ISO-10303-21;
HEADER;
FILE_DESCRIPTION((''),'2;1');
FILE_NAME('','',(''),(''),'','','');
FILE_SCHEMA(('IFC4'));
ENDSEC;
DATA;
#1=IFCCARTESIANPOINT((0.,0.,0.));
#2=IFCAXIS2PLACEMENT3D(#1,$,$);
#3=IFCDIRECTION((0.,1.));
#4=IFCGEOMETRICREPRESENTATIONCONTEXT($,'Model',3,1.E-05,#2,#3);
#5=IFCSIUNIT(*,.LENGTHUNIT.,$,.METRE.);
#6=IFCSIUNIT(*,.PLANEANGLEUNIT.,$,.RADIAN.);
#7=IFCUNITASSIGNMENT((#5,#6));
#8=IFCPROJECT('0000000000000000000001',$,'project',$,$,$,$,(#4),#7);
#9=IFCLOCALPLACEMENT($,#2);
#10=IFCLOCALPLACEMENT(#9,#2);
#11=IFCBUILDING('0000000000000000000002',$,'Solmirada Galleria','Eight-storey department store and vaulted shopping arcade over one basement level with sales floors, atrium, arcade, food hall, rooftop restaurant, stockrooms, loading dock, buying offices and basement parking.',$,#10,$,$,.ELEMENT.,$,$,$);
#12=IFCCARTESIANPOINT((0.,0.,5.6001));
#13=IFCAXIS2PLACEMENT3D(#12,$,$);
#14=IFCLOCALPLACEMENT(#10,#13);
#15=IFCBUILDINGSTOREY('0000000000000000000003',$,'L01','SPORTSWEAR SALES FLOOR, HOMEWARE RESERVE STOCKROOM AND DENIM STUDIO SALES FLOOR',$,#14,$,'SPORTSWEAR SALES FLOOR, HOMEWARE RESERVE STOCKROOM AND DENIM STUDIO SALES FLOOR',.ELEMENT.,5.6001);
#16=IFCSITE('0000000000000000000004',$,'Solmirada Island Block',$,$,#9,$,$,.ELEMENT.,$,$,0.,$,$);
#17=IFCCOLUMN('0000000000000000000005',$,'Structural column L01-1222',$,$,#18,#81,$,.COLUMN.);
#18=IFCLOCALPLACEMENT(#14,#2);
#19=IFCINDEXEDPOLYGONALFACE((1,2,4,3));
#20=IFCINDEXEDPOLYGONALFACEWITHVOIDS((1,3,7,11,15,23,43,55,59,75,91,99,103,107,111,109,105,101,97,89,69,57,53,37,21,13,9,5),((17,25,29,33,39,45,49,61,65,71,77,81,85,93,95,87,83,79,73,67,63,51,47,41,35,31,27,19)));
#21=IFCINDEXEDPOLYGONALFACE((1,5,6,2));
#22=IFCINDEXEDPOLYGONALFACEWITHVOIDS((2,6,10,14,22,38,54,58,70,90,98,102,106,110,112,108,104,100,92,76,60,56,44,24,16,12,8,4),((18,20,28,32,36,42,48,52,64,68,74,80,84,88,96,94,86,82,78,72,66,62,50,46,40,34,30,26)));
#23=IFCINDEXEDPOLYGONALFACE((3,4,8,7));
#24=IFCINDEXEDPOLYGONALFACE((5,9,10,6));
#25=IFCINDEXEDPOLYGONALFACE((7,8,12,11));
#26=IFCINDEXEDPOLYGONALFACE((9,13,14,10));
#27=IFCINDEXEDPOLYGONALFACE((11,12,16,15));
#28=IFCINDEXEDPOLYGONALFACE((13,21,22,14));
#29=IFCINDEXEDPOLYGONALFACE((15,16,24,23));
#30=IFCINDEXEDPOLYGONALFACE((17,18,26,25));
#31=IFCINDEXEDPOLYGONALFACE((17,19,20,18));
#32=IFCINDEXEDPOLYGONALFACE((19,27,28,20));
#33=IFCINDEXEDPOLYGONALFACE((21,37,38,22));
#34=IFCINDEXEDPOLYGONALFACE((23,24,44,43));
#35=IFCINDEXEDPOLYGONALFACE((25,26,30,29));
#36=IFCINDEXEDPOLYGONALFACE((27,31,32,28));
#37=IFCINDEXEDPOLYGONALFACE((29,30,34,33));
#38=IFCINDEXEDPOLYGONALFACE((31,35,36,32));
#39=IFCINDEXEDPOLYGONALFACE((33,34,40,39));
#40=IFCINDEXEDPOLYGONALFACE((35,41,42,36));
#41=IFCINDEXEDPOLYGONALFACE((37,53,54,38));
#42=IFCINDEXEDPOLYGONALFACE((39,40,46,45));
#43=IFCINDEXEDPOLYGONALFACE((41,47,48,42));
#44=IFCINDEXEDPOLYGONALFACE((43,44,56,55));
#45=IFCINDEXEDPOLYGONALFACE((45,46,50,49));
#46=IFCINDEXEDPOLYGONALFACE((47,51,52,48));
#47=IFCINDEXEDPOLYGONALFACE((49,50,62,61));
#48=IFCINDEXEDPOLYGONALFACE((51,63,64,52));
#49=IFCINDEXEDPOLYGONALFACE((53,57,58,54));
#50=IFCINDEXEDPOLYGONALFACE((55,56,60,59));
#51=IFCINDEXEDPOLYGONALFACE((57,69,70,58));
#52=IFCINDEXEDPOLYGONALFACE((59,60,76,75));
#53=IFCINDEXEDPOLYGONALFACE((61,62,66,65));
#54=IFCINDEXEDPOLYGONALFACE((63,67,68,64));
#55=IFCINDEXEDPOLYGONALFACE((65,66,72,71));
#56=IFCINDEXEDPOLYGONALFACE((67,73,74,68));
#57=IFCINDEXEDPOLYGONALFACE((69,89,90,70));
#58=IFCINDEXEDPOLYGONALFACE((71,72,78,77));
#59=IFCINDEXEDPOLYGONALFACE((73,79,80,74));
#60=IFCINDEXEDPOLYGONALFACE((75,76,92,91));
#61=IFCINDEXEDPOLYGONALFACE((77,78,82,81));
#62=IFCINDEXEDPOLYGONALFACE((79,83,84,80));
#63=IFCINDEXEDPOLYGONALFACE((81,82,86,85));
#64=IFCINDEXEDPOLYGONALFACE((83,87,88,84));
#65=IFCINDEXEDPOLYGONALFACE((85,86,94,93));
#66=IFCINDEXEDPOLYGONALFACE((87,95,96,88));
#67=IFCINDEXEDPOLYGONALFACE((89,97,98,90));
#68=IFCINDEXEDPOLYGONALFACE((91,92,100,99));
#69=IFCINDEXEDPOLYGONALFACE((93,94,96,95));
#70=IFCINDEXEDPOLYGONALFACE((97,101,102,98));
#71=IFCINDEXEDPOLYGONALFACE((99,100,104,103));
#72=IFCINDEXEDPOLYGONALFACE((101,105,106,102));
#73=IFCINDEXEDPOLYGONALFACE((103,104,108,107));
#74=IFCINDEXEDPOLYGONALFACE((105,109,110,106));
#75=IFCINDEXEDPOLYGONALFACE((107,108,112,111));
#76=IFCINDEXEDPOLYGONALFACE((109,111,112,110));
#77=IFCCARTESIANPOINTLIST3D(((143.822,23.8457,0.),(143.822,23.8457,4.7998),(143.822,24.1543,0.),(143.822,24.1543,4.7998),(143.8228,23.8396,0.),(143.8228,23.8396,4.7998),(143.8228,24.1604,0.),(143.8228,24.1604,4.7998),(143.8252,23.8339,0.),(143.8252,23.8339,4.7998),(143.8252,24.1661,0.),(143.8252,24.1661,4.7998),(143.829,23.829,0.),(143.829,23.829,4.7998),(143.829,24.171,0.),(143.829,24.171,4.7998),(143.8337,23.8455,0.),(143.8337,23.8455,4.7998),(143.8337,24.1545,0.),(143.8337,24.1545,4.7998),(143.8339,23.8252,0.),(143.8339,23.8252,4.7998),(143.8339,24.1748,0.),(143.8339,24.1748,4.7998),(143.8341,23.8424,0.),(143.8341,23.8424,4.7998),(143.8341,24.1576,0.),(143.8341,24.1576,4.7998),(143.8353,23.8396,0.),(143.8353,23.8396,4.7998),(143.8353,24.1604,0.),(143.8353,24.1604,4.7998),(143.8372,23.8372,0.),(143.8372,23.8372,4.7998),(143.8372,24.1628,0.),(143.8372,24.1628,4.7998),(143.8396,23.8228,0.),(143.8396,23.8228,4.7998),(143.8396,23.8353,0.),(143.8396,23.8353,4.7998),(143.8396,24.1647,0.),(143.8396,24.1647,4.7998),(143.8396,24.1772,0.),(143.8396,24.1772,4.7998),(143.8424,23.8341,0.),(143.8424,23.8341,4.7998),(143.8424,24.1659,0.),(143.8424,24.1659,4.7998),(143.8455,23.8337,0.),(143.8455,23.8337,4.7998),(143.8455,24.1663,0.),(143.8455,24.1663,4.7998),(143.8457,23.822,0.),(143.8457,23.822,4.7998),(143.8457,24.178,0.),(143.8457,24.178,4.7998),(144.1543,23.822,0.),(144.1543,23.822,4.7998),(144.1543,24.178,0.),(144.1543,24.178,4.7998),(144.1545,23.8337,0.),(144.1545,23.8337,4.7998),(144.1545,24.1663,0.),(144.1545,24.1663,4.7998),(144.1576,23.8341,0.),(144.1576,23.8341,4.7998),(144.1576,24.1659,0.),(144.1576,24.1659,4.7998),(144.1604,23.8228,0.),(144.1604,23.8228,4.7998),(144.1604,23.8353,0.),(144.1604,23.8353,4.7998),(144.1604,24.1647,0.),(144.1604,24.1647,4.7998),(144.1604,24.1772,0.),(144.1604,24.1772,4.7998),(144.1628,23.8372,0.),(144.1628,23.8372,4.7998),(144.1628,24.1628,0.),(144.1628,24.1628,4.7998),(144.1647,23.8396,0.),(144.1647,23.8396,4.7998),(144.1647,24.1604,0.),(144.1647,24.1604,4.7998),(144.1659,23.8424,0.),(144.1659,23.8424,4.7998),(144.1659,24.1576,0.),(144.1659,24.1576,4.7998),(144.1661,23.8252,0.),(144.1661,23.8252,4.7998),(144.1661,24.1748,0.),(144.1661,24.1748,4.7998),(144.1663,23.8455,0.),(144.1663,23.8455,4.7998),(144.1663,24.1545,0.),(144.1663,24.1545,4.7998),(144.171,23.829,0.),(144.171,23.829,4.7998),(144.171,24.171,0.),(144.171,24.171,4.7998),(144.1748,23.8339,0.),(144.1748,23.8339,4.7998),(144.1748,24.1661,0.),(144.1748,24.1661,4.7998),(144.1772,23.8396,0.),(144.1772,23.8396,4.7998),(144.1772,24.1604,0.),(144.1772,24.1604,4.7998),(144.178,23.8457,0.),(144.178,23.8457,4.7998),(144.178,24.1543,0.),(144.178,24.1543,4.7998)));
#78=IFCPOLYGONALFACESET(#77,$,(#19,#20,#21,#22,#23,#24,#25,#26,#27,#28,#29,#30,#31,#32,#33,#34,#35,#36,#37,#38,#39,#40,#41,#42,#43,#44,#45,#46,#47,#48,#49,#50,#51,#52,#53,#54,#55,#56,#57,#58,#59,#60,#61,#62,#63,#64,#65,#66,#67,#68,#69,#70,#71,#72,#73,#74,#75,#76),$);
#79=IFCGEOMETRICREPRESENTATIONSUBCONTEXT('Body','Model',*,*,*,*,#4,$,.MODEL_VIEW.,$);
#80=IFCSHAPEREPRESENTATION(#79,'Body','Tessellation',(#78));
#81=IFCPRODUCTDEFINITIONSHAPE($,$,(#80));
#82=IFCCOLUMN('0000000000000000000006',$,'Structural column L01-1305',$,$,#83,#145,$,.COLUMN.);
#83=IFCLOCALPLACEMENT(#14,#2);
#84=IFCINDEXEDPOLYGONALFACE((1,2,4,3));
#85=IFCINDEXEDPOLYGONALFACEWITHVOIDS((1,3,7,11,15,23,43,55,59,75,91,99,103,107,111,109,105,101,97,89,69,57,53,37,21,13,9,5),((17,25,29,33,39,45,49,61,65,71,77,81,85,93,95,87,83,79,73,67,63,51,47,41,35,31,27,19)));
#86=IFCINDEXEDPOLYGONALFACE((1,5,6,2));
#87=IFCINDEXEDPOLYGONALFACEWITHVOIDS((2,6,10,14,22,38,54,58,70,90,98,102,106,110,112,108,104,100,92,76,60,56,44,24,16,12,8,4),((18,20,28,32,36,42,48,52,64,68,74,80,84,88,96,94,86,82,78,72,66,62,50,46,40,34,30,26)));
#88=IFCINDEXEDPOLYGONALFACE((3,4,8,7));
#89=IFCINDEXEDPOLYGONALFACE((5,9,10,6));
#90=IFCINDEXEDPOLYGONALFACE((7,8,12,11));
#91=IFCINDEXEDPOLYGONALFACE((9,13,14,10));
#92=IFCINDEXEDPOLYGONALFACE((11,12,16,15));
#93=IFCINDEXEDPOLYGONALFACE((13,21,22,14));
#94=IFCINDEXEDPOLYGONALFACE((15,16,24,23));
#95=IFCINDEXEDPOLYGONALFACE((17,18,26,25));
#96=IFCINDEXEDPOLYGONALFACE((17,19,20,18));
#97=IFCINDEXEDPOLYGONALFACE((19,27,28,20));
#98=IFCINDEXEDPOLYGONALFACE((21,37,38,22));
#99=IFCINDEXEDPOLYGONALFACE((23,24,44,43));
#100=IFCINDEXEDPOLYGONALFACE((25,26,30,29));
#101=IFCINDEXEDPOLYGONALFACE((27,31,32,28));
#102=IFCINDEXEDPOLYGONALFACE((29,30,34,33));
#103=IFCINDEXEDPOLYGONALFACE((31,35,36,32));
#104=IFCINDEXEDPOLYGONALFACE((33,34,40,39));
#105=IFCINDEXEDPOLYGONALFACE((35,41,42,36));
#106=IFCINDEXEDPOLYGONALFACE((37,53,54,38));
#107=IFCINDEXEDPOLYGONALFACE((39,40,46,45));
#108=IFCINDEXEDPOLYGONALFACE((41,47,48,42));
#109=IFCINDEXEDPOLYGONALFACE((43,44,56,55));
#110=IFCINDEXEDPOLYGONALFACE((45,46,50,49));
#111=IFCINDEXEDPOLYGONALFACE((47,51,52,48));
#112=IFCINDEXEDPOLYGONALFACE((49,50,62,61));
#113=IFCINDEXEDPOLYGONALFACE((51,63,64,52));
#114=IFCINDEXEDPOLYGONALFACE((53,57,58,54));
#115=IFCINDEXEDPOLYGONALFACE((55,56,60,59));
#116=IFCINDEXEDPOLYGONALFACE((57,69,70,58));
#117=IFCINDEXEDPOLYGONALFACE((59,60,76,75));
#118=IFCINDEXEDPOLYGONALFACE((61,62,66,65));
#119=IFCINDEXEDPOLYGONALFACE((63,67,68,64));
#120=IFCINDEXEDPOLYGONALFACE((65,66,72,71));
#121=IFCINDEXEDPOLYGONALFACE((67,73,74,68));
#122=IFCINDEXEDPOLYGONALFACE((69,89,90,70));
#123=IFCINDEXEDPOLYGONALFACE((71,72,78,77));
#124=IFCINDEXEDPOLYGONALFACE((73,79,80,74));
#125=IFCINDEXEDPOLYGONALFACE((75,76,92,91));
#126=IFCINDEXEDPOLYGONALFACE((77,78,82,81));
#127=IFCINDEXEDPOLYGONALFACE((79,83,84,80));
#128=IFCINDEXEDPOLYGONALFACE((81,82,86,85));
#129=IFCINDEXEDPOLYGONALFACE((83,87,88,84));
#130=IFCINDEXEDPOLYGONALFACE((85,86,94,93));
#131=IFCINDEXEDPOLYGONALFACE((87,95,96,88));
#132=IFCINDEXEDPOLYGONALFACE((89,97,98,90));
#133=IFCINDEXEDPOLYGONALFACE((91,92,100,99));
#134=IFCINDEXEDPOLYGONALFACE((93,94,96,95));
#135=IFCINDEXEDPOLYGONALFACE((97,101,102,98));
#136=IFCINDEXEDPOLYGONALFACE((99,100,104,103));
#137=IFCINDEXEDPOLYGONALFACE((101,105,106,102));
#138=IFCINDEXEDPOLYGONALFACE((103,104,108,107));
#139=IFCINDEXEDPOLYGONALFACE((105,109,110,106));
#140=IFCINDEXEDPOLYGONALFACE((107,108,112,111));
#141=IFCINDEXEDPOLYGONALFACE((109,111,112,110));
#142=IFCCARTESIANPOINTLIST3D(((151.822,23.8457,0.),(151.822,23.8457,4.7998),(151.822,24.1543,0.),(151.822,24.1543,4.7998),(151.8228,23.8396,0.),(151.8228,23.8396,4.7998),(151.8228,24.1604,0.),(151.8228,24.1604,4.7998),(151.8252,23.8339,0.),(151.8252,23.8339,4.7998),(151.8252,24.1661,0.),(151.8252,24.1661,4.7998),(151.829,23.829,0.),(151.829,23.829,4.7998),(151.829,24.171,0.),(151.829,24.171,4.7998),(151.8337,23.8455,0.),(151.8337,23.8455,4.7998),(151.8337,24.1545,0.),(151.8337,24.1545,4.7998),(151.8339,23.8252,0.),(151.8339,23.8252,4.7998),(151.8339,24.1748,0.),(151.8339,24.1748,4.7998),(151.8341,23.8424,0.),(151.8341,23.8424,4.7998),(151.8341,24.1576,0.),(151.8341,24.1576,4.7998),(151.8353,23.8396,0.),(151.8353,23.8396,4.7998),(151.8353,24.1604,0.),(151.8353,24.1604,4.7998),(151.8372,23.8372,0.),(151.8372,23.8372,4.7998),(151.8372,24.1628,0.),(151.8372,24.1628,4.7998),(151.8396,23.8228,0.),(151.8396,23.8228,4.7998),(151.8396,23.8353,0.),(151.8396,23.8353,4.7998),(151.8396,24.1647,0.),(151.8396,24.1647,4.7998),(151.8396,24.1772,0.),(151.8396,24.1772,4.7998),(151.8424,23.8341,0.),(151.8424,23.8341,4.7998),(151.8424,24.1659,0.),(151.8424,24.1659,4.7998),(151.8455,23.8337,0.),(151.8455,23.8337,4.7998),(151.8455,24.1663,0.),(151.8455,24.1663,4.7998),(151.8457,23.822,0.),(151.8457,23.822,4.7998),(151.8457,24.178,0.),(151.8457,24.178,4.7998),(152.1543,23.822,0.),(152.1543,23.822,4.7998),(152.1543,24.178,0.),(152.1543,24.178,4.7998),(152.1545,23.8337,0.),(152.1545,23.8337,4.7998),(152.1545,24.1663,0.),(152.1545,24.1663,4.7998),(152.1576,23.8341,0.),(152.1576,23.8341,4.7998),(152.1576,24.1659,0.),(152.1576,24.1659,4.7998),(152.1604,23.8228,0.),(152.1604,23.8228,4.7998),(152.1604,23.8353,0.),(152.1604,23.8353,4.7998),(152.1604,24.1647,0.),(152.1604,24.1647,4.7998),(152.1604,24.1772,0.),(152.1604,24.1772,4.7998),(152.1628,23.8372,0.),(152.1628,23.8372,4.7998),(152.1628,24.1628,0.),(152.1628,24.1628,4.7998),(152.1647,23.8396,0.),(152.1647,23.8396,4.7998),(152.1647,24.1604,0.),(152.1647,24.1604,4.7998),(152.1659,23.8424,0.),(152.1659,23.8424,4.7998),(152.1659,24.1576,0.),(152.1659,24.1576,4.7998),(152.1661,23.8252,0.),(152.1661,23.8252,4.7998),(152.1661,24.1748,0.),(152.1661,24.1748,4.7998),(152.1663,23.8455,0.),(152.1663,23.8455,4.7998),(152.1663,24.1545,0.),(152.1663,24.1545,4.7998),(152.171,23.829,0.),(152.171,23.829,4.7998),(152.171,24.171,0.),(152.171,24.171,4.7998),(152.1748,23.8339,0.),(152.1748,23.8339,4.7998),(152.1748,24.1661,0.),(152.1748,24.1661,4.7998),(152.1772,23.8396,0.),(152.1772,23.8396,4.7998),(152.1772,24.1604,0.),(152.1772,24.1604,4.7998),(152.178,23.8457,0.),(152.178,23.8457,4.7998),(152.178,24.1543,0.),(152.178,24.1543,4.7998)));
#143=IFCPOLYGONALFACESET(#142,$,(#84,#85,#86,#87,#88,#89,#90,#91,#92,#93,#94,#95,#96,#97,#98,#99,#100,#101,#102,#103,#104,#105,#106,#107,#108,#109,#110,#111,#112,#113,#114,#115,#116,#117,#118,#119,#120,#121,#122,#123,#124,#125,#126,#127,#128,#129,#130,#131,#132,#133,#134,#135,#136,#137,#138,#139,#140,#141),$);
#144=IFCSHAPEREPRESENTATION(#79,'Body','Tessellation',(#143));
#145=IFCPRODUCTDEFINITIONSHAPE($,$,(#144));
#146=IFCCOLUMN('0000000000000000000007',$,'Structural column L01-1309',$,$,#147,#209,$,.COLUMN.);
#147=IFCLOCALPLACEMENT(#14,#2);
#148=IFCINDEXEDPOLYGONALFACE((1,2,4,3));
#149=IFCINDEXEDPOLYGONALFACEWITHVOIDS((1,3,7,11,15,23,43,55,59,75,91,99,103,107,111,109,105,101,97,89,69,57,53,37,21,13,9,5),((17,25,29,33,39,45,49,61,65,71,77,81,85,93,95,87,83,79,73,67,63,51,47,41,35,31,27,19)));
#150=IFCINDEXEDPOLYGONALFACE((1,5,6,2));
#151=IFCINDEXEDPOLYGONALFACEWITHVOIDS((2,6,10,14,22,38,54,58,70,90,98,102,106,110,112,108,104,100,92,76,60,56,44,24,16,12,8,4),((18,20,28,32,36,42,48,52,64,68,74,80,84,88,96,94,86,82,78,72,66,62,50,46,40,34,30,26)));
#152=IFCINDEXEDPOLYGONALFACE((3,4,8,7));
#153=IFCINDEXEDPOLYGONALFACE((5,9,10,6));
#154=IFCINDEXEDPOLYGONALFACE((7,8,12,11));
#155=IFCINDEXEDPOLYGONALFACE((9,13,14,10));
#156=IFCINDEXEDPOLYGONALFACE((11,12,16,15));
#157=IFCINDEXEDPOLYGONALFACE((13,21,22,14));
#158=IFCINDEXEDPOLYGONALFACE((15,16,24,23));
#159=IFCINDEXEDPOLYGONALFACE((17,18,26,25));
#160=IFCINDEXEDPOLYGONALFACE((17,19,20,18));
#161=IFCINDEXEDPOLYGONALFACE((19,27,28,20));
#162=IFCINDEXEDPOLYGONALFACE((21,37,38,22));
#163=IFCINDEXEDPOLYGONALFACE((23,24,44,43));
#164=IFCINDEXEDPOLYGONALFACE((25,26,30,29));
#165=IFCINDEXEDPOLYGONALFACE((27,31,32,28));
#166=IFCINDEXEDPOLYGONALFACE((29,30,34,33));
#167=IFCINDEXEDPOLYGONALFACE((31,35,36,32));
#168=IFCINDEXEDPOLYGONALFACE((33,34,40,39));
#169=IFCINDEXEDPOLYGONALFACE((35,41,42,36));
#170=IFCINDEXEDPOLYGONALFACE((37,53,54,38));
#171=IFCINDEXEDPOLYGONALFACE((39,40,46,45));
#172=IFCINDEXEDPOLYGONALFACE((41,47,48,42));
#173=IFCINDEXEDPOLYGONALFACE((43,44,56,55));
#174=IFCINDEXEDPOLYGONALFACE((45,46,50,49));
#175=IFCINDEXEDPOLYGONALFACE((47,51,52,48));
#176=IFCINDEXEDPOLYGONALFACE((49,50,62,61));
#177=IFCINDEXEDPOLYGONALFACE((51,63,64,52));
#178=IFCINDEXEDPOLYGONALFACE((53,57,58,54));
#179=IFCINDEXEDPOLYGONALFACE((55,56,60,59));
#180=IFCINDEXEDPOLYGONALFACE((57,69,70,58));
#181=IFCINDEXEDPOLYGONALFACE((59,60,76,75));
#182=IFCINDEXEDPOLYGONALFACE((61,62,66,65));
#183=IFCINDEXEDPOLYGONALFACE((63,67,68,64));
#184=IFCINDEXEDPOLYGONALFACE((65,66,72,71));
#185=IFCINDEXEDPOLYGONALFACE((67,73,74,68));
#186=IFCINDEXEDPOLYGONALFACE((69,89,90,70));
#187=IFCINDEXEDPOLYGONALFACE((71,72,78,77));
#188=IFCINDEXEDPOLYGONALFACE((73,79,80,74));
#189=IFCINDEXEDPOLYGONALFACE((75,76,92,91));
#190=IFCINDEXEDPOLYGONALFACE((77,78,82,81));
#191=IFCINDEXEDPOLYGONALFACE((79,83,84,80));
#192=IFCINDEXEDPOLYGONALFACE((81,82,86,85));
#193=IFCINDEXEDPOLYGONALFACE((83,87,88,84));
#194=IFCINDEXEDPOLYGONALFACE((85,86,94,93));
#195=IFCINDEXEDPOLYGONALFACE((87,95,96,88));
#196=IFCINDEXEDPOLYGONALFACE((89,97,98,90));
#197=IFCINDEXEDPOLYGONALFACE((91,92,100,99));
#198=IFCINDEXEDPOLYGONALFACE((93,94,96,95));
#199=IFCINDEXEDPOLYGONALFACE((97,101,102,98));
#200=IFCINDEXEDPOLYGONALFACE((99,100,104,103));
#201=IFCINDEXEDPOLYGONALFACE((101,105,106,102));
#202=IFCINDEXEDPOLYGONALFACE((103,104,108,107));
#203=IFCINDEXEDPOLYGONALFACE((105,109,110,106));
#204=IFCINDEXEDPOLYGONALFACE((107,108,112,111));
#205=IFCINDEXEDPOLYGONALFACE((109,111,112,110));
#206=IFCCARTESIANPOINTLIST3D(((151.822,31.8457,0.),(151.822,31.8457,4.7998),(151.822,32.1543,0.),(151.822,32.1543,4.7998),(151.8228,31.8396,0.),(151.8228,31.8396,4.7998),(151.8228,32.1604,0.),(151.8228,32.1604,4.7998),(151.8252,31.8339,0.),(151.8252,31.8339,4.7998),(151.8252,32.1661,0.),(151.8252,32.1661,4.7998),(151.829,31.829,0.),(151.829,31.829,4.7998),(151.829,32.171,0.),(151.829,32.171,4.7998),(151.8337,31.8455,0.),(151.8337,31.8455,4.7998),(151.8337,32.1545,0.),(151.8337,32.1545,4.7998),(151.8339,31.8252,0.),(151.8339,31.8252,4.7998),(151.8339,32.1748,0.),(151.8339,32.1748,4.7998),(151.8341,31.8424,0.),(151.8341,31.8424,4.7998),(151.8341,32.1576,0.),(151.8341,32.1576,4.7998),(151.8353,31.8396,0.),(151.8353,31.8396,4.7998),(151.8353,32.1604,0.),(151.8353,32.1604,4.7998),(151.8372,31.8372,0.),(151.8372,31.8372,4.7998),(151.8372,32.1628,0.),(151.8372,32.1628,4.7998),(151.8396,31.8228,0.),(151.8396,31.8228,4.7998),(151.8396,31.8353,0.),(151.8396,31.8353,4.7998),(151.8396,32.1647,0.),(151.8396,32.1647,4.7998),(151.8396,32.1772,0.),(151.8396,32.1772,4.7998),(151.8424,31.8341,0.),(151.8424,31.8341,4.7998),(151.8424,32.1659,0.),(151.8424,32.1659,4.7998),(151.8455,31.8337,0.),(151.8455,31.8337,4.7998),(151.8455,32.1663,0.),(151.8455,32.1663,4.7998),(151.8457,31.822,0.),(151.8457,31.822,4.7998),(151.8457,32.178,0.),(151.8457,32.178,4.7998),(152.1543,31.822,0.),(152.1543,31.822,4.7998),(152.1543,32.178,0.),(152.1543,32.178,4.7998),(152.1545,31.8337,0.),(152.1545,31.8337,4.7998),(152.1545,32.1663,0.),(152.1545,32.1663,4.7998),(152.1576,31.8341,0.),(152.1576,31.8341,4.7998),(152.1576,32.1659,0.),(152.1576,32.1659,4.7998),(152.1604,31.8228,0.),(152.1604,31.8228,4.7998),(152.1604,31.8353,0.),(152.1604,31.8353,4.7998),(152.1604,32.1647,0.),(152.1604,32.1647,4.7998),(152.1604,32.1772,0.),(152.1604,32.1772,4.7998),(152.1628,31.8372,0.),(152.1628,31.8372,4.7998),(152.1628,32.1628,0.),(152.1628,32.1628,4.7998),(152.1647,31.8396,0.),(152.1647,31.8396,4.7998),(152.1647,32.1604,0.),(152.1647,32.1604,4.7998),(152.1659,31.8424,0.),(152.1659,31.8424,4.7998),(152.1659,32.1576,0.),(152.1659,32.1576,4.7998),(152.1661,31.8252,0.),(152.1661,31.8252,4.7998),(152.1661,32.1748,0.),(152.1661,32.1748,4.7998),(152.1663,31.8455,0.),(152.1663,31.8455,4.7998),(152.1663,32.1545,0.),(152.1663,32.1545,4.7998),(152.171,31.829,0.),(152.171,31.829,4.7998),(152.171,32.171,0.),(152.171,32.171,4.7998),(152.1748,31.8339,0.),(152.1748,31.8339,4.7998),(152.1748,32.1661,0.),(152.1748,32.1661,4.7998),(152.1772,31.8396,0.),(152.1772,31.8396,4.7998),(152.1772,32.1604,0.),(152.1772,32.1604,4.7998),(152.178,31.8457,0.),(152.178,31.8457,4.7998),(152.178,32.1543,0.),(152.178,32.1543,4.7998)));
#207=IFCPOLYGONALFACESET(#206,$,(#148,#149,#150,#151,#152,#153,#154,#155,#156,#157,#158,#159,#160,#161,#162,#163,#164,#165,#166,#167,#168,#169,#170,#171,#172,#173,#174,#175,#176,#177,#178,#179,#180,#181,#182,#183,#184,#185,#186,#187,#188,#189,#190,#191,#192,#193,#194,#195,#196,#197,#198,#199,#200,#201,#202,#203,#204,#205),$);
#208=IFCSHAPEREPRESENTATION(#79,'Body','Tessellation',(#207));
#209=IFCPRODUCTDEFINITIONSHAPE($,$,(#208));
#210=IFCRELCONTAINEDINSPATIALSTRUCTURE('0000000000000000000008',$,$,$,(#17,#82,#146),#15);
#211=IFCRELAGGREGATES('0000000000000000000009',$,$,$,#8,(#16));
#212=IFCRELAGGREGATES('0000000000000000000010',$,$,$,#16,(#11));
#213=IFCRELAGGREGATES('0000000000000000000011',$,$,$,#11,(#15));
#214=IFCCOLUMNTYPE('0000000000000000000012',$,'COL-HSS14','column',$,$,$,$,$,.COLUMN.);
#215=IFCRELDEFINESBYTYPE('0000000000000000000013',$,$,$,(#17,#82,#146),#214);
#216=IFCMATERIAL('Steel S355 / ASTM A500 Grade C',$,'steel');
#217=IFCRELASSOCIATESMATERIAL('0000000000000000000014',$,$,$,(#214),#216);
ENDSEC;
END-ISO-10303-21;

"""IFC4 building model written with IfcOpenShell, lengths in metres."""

from ifc_helpers import new_model, si_unit, direction, frame, origin, origin_2d, place, context, subcontext, project, spatial, hollow_rectangle, extrude, material, material_profile, profile_set, type_object, element, save


model = new_model("IFC4")

# Units and contexts
model_context = context("Model", 3, precision=1e-05, world=origin(), true_north=direction((0.0, 1.0)))
body_context = subcontext(model_context, "Body", "Model", "MODEL_VIEW")
ifc_project = project(units=[si_unit("LENGTHUNIT", "METRE"), si_unit("PLANEANGLEUNIT", "RADIAN")], contexts=[model_context])

# Site, building, storey
site_placement = place(None, origin())
site = spatial("IfcSite", under=ifc_project, at=site_placement, Name="Solmirada Island Block", CompositionType="ELEMENT", RefElevation=0.0)
building_placement = place(site_placement, origin())
building = spatial("IfcBuilding", under=site, at=building_placement, Name="Solmirada Galleria", Description="Eight-storey department store and vaulted shopping arcade over one basement level with sales floors, atrium, arcade, food hall, rooftop restaurant, stockrooms, loading dock, buying offices and basement parking.", CompositionType="ELEMENT")
storey_placement = place(building_placement, frame((0.0, 0.0, 5.6001)))
storey = spatial("IfcBuildingStorey", under=building, at=storey_placement, Name="L01", Description="SPORTSWEAR SALES FLOOR, HOMEWARE RESERVE STOCKROOM AND DENIM STUDIO SALES FLOOR", LongName="SPORTSWEAR SALES FLOOR, HOMEWARE RESERVE STOCKROOM AND DENIM STUDIO SALES FLOOR", CompositionType="ELEMENT", Elevation=5.6001)

# Columns
ifc_material_1 = material(Name="Steel S355 / ASTM A500 Grade C", Category="steel")
ifc_material_profile_1 = material_profile(ifc_material_1, hollow_rectangle(XDim=0.356, YDim=0.356, WallThickness=0.0117, InnerFilletRadius=0.0117, OuterFilletRadius=0.0237, at=origin_2d()), Name="HSS14X14X1/2")
ifc_profile_set_1 = profile_set([ifc_material_profile_1], Name="Steel S355 / ASTM A500 Grade C")
column_type_1 = type_object("IfcColumnType", Name="COL-HSS14", Description="column", PredefinedType="COLUMN", material=ifc_profile_set_1)
for number, where, z_axis, x_axis, name in (
    (1, (144.0, 24.0, 0.0), (0.0, 0.0, 1.0), (1.0, 0.0, 0.0), "Structural column L01-1222"),
    (2, (152.0, 24.0, 0.0), (0.0, 0.0, 1.0), (1.0, 0.0, 0.0), "Structural column L01-1305"),
    (3, (152.0, 32.0, 0.0), (0.0, 0.0, 1.0), (1.0, 0.0, 0.0), "Structural column L01-1309"),
):
    element("IfcColumn", number, at=place(storey_placement, frame(where, z_axis=z_axis, x_axis=x_axis)), inside=storey, type_object=column_type_1, Name=name, PredefinedType="COLUMN", context=body_context, shape_type="SweptSolid", body=[
        extrude(hollow_rectangle(XDim=0.356, YDim=0.356, WallThickness=0.0117, InnerFilletRadius=0.0117, OuterFilletRadius=0.0237, at=origin_2d()), origin(), (0.0, 0.0, 1.0), 4.7998),
    ])

save(model, "model.ifc")
